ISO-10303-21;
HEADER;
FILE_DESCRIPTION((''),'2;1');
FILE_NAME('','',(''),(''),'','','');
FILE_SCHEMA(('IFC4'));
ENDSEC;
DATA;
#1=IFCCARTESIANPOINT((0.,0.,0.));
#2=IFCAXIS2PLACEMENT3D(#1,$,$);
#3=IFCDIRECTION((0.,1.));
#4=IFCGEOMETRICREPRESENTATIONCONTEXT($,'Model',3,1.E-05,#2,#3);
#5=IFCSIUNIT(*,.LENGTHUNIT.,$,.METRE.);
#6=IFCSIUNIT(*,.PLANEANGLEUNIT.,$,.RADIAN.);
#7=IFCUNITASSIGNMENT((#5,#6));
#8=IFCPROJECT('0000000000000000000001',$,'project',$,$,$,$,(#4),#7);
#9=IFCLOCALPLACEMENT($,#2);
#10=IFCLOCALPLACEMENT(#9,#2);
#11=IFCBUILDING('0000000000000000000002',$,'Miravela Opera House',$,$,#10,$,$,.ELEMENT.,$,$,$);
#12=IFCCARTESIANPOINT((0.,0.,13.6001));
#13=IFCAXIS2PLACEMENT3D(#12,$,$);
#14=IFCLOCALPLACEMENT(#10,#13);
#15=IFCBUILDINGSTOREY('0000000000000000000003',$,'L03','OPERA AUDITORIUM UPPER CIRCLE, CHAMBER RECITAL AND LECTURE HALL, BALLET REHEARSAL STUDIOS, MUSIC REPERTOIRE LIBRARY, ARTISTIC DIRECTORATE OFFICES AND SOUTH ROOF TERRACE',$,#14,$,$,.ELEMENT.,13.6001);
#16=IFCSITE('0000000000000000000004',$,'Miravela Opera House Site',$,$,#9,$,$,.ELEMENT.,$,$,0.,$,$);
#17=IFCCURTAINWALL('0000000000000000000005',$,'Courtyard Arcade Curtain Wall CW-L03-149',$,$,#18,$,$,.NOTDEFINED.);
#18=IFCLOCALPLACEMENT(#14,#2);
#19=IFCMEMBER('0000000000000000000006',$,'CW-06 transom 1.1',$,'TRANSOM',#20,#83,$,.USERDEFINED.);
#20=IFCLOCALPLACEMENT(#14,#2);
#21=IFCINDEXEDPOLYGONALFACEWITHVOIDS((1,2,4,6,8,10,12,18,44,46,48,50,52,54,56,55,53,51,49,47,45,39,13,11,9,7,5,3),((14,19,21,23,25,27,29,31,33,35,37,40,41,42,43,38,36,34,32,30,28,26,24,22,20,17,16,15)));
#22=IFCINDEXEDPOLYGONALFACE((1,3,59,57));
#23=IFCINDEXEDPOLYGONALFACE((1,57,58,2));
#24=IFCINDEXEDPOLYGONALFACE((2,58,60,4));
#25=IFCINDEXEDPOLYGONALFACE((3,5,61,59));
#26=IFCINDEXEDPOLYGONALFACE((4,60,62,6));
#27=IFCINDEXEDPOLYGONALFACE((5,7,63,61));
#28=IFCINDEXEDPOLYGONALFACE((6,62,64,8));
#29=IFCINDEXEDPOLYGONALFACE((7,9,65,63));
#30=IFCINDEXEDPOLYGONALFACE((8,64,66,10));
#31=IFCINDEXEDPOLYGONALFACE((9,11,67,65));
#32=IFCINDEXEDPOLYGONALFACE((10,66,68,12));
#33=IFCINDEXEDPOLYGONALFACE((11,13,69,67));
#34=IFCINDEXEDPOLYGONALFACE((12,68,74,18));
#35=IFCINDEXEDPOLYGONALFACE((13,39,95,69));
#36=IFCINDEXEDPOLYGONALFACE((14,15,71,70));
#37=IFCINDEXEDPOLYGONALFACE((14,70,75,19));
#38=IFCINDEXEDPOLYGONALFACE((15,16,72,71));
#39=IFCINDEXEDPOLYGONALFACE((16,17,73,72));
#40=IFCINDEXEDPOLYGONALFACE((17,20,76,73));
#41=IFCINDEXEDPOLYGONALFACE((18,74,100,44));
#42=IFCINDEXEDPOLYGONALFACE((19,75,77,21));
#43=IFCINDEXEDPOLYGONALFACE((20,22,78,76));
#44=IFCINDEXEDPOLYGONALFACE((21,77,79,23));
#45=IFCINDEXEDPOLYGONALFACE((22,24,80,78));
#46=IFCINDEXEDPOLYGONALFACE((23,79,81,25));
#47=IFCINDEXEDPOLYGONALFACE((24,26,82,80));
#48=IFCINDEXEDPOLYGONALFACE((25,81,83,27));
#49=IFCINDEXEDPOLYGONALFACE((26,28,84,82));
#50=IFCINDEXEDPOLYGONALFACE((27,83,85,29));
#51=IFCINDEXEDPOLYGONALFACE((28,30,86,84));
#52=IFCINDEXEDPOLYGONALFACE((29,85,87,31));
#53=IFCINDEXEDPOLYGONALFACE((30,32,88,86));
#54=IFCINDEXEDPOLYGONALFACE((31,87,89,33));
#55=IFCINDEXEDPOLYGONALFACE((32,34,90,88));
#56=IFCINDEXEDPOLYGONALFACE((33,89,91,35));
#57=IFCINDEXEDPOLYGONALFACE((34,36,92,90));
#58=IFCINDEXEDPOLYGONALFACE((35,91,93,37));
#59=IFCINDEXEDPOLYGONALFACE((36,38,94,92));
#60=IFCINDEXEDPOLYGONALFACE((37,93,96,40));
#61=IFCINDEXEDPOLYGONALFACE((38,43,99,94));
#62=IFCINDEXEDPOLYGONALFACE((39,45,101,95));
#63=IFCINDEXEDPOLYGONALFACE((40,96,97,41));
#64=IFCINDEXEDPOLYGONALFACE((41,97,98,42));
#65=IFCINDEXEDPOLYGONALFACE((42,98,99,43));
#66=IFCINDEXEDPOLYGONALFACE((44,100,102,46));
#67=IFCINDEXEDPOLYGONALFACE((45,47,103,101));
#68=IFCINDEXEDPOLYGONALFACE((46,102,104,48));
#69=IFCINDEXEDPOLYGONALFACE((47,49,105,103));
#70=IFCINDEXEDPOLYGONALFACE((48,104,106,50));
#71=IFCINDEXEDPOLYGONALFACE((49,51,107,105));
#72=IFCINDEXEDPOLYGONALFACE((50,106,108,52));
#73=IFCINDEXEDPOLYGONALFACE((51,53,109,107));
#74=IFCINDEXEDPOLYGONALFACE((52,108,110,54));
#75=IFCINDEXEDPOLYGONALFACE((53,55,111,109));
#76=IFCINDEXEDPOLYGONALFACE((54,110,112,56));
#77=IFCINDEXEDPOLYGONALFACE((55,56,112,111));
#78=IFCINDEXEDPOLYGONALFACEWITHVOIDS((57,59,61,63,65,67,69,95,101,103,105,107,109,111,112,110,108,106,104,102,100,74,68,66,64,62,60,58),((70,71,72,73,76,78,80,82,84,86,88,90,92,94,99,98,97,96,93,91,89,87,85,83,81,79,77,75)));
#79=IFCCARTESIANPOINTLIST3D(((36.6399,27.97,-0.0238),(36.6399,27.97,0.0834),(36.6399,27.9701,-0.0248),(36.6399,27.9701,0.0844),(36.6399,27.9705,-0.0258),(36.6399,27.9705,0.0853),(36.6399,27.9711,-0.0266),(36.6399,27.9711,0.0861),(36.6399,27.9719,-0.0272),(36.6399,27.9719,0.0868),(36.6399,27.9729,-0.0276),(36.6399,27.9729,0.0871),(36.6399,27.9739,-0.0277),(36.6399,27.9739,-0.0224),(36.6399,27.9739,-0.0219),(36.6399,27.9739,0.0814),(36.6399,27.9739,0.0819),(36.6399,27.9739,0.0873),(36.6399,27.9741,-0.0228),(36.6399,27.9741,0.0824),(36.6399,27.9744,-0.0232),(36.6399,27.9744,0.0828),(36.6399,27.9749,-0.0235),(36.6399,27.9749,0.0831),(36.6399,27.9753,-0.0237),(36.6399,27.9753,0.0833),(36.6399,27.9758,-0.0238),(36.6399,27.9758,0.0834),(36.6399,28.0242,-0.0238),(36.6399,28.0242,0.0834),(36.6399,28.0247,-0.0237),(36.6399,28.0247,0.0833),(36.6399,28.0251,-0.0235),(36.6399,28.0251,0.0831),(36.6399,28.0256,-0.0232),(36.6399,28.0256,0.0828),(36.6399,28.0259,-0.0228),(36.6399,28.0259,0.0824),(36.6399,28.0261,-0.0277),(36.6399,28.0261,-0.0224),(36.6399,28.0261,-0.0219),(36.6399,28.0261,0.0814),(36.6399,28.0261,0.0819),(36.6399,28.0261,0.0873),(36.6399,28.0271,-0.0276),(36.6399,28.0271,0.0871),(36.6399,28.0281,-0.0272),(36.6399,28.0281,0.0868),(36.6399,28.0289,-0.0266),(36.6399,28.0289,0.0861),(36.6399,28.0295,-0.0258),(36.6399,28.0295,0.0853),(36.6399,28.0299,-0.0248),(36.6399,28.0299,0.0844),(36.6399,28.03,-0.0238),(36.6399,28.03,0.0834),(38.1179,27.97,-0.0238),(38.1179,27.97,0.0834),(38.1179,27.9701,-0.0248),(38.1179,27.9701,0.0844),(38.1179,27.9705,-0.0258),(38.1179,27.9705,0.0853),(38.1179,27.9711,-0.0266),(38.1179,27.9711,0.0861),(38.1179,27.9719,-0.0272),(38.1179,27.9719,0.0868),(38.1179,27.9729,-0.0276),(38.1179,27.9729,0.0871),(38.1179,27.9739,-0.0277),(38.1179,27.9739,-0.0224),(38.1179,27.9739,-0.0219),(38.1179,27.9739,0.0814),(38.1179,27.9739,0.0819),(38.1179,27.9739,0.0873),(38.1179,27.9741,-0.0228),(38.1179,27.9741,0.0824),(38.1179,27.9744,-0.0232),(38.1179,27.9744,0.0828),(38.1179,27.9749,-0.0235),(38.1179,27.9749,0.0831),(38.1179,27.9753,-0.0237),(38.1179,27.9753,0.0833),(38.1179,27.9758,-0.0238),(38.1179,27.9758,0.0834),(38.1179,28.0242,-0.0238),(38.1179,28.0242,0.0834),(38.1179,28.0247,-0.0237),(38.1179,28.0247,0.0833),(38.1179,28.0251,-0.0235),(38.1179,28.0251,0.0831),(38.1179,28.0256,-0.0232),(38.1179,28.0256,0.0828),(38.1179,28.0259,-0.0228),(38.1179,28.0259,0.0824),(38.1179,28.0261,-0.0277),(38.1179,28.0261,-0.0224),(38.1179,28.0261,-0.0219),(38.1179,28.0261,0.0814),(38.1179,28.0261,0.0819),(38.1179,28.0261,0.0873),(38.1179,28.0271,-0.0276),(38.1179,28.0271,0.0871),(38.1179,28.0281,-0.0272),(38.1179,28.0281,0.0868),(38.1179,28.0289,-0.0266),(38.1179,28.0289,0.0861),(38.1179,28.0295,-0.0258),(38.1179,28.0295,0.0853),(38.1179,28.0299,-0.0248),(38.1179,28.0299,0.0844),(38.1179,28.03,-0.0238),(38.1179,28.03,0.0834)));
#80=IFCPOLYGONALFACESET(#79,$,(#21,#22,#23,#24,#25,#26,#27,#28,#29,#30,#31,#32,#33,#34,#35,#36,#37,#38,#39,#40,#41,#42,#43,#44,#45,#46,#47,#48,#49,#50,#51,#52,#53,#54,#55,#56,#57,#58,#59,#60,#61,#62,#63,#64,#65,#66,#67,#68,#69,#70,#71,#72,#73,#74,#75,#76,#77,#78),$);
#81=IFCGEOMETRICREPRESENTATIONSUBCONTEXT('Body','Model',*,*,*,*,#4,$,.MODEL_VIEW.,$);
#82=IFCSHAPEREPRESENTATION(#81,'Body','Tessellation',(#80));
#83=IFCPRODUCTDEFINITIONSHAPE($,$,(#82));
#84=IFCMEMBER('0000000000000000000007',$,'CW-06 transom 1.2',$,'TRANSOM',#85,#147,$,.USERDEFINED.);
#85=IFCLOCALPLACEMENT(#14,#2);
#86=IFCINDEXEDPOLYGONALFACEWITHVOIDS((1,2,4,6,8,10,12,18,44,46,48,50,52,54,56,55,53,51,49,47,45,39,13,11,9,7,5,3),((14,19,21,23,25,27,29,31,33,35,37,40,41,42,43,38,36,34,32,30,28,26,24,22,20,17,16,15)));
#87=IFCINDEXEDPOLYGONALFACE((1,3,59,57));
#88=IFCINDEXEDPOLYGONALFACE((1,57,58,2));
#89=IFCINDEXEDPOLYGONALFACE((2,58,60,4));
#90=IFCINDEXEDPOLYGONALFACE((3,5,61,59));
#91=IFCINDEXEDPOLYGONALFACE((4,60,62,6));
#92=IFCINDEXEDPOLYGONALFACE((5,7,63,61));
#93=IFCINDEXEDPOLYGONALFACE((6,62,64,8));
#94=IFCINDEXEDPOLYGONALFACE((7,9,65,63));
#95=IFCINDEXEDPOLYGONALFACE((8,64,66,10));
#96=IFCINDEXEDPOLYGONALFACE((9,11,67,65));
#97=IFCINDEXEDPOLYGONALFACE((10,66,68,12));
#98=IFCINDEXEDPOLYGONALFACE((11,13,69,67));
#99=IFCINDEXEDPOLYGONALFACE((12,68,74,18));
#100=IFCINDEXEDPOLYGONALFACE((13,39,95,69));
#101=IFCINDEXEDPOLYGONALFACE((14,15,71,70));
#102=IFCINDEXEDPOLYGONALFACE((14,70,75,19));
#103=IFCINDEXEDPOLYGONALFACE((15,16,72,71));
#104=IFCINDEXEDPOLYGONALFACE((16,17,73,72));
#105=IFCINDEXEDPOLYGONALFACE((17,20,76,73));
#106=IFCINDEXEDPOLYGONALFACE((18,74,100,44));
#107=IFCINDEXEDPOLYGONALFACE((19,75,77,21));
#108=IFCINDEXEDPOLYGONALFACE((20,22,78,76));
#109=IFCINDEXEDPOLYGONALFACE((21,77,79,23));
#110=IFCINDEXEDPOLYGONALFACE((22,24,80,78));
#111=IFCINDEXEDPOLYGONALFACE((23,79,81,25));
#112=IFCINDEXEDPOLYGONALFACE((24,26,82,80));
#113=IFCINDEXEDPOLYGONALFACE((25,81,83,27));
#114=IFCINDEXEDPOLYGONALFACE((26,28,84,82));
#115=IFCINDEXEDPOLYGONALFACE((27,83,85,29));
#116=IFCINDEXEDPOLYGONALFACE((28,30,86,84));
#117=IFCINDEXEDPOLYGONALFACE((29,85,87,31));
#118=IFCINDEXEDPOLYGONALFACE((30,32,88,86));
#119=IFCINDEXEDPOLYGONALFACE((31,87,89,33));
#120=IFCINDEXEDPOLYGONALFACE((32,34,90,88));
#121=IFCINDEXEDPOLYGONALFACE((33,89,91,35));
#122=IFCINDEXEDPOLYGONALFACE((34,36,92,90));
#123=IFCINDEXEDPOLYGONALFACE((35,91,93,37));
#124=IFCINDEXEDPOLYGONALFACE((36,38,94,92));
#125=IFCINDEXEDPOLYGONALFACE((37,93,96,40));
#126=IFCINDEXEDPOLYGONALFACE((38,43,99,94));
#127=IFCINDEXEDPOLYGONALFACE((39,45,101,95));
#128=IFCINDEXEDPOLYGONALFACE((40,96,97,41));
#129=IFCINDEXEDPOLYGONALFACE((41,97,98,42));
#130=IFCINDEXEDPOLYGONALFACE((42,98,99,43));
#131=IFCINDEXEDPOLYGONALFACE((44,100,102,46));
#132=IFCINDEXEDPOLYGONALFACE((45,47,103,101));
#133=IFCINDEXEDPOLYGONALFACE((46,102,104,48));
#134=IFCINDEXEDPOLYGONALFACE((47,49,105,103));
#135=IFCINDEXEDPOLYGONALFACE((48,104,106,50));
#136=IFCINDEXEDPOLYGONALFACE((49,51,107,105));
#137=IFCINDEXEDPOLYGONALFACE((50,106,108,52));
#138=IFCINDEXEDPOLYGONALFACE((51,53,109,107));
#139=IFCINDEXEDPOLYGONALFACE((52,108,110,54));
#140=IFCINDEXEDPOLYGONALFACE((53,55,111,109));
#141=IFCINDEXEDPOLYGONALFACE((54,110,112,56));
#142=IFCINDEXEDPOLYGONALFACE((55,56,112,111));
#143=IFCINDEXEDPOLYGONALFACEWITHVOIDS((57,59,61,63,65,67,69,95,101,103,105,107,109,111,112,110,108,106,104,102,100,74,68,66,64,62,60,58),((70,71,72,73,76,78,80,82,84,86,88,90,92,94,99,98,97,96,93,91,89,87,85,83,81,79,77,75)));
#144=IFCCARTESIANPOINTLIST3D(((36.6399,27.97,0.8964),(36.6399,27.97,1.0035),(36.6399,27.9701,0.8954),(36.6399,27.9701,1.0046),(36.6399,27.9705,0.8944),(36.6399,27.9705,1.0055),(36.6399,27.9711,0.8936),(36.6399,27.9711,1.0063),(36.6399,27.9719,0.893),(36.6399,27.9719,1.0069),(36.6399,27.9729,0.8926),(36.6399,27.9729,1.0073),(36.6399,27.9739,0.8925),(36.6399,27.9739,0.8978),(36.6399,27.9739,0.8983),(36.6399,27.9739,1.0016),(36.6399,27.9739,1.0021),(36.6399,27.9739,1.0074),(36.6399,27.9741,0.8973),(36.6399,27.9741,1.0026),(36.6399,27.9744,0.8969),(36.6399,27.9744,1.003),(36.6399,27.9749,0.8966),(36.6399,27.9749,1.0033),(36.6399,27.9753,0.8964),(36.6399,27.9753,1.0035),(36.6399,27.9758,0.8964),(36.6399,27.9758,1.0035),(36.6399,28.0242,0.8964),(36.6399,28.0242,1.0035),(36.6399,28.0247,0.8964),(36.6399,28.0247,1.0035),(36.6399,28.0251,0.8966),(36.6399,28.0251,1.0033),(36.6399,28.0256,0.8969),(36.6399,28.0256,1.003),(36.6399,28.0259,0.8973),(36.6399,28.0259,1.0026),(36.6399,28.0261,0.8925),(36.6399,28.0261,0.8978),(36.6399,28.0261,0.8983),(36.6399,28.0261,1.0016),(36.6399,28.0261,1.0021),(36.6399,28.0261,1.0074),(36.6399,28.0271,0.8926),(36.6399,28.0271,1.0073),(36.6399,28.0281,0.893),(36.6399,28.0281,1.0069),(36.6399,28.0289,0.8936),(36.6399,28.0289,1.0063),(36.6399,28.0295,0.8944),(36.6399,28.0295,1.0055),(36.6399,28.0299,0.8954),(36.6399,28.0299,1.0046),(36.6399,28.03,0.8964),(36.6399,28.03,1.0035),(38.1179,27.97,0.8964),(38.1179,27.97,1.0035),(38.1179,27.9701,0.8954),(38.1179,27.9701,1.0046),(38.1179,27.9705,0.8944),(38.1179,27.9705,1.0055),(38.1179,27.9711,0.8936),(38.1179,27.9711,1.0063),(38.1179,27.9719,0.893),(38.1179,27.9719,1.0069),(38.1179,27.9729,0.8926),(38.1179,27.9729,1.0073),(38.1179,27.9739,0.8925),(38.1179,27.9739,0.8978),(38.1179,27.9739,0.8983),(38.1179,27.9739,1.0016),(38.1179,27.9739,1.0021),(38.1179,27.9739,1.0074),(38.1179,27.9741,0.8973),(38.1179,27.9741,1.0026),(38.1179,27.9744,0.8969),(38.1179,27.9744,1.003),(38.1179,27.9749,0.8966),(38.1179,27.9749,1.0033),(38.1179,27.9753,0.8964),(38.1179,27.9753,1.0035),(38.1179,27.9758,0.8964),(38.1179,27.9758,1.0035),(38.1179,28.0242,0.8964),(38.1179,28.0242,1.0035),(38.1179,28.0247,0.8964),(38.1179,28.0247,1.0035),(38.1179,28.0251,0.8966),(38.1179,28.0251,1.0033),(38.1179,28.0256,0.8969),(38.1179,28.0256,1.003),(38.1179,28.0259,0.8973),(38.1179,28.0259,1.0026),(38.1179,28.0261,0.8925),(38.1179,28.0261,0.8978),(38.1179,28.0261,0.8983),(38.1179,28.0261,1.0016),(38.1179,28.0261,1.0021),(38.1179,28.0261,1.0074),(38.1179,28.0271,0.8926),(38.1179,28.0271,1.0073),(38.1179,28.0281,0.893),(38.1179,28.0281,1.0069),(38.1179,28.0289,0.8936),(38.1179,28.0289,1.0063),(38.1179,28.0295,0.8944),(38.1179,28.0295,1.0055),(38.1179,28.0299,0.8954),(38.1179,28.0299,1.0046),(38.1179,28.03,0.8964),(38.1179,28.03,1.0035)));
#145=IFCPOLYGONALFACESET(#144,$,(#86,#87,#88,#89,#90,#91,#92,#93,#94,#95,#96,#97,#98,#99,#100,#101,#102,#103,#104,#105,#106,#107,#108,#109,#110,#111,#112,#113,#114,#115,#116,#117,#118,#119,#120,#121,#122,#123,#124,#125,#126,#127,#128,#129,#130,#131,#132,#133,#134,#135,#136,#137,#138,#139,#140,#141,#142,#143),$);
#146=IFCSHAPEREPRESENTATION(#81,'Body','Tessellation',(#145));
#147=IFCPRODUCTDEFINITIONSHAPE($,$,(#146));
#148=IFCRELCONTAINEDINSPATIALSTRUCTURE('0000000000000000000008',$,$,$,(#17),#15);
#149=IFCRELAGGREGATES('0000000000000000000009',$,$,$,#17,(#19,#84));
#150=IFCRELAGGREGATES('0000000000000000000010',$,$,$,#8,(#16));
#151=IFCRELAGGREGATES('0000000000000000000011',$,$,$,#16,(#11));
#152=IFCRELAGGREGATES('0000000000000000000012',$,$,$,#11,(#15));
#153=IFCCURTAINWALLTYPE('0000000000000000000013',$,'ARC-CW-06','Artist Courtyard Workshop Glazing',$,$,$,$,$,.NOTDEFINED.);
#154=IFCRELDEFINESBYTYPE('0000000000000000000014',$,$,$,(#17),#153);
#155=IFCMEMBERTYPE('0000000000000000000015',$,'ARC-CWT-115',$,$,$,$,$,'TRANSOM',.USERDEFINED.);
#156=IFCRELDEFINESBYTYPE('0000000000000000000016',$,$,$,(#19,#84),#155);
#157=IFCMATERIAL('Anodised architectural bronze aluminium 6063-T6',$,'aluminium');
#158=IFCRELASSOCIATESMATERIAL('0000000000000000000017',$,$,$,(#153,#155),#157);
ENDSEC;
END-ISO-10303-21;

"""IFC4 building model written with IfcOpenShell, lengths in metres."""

from ifc_helpers import new_model, si_unit, direction, frame, origin, origin_2d, place, context, subcontext, project, spatial, hollow_rectangle, extrude, material, material_profile, profile_set, type_object, element, aggregate, save


model = new_model("IFC4")

# Units and contexts
model_context = context("Model", 3, precision=1e-05, world=origin(), true_north=direction((0.0, 1.0)))
body_context = subcontext(model_context, "Body", "Model", "MODEL_VIEW")
ifc_project = project(units=[si_unit("LENGTHUNIT", "METRE"), si_unit("PLANEANGLEUNIT", "RADIAN")], contexts=[model_context])

# Site, building, storey
site_placement = place(None, origin())
site = spatial("IfcSite", under=ifc_project, at=site_placement, Name="Miravela Opera House Site", CompositionType="ELEMENT", RefElevation=0.0)
building_placement = place(site_placement, origin())
building = spatial("IfcBuilding", under=site, at=building_placement, Name="Miravela Opera House", CompositionType="ELEMENT")
storey_placement = place(building_placement, frame((0.0, 0.0, 13.6001)))
storey = spatial("IfcBuildingStorey", under=building, at=storey_placement, Name="L03", Description="OPERA AUDITORIUM UPPER CIRCLE, CHAMBER RECITAL AND LECTURE HALL, BALLET REHEARSAL STUDIOS, MUSIC REPERTOIRE LIBRARY, ARTISTIC DIRECTORATE OFFICES AND SOUTH ROOF TERRACE", CompositionType="ELEMENT", Elevation=13.6001)

# Curtain wall, members
ifc_material_1 = material(Name="Anodised architectural bronze aluminium 6063-T6", Category="aluminium")
curtain_wall_type = type_object("IfcCurtainWallType", Name="ARC-CW-06", Description="Artist Courtyard Workshop Glazing", PredefinedType="NOTDEFINED", material=ifc_material_1)
curtain_wall_placement = place(storey_placement, origin())
curtain_wall = element("IfcCurtainWall", 1, at=curtain_wall_placement, inside=storey, type_object=curtain_wall_type, Name="Courtyard Arcade Curtain Wall CW-L03-149", PredefinedType="NOTDEFINED")
ifc_material_profile_1 = material_profile(ifc_material_1, hollow_rectangle(XDim=0.0601, YDim=0.115, WallThickness=0.0039, InnerFilletRadius=0.002, OuterFilletRadius=0.0039, at=origin_2d()), Name="CWT-60X115")
ifc_profile_set_1 = profile_set([ifc_material_profile_1])
member_type_1 = type_object("IfcMemberType", Name="ARC-CWT-115", ElementType="TRANSOM", PredefinedType="USERDEFINED", material=ifc_profile_set_1)
member_1_placement = place(storey_placement, frame((36.6399, 28.0, 0.0298), z_axis=(1.0, 0.0, 0.0), x_axis=(0.0, 1.0, 0.0)))
member_1 = element("IfcMember", 2, at=member_1_placement, type_object=member_type_1, Name="CW-06 transom 1.1", ObjectType="TRANSOM", PredefinedType="USERDEFINED", context=body_context, shape_type="SweptSolid", body=[
    extrude(hollow_rectangle(XDim=0.0601, YDim=0.115, WallThickness=0.0039, InnerFilletRadius=0.002, OuterFilletRadius=0.0039, at=origin_2d()), origin(), (0.0, 0.0, 1.0), 1.478),
])
member_2_placement = place(storey_placement, frame((36.6399, 28.0, 0.95), z_axis=(1.0, 0.0, 0.0), x_axis=(0.0, 1.0, 0.0)))
member_2 = element("IfcMember", 3, at=member_2_placement, type_object=member_type_1, Name="CW-06 transom 1.2", ObjectType="TRANSOM", PredefinedType="USERDEFINED", context=body_context, shape_type="SweptSolid", body=[
    extrude(hollow_rectangle(XDim=0.0601, YDim=0.115, WallThickness=0.0039, InnerFilletRadius=0.002, OuterFilletRadius=0.0039, at=origin_2d()), origin(), (0.0, 0.0, 1.0), 1.478),
])

aggregate(curtain_wall, [member_1, member_2])

save(model, "model.ifc")
